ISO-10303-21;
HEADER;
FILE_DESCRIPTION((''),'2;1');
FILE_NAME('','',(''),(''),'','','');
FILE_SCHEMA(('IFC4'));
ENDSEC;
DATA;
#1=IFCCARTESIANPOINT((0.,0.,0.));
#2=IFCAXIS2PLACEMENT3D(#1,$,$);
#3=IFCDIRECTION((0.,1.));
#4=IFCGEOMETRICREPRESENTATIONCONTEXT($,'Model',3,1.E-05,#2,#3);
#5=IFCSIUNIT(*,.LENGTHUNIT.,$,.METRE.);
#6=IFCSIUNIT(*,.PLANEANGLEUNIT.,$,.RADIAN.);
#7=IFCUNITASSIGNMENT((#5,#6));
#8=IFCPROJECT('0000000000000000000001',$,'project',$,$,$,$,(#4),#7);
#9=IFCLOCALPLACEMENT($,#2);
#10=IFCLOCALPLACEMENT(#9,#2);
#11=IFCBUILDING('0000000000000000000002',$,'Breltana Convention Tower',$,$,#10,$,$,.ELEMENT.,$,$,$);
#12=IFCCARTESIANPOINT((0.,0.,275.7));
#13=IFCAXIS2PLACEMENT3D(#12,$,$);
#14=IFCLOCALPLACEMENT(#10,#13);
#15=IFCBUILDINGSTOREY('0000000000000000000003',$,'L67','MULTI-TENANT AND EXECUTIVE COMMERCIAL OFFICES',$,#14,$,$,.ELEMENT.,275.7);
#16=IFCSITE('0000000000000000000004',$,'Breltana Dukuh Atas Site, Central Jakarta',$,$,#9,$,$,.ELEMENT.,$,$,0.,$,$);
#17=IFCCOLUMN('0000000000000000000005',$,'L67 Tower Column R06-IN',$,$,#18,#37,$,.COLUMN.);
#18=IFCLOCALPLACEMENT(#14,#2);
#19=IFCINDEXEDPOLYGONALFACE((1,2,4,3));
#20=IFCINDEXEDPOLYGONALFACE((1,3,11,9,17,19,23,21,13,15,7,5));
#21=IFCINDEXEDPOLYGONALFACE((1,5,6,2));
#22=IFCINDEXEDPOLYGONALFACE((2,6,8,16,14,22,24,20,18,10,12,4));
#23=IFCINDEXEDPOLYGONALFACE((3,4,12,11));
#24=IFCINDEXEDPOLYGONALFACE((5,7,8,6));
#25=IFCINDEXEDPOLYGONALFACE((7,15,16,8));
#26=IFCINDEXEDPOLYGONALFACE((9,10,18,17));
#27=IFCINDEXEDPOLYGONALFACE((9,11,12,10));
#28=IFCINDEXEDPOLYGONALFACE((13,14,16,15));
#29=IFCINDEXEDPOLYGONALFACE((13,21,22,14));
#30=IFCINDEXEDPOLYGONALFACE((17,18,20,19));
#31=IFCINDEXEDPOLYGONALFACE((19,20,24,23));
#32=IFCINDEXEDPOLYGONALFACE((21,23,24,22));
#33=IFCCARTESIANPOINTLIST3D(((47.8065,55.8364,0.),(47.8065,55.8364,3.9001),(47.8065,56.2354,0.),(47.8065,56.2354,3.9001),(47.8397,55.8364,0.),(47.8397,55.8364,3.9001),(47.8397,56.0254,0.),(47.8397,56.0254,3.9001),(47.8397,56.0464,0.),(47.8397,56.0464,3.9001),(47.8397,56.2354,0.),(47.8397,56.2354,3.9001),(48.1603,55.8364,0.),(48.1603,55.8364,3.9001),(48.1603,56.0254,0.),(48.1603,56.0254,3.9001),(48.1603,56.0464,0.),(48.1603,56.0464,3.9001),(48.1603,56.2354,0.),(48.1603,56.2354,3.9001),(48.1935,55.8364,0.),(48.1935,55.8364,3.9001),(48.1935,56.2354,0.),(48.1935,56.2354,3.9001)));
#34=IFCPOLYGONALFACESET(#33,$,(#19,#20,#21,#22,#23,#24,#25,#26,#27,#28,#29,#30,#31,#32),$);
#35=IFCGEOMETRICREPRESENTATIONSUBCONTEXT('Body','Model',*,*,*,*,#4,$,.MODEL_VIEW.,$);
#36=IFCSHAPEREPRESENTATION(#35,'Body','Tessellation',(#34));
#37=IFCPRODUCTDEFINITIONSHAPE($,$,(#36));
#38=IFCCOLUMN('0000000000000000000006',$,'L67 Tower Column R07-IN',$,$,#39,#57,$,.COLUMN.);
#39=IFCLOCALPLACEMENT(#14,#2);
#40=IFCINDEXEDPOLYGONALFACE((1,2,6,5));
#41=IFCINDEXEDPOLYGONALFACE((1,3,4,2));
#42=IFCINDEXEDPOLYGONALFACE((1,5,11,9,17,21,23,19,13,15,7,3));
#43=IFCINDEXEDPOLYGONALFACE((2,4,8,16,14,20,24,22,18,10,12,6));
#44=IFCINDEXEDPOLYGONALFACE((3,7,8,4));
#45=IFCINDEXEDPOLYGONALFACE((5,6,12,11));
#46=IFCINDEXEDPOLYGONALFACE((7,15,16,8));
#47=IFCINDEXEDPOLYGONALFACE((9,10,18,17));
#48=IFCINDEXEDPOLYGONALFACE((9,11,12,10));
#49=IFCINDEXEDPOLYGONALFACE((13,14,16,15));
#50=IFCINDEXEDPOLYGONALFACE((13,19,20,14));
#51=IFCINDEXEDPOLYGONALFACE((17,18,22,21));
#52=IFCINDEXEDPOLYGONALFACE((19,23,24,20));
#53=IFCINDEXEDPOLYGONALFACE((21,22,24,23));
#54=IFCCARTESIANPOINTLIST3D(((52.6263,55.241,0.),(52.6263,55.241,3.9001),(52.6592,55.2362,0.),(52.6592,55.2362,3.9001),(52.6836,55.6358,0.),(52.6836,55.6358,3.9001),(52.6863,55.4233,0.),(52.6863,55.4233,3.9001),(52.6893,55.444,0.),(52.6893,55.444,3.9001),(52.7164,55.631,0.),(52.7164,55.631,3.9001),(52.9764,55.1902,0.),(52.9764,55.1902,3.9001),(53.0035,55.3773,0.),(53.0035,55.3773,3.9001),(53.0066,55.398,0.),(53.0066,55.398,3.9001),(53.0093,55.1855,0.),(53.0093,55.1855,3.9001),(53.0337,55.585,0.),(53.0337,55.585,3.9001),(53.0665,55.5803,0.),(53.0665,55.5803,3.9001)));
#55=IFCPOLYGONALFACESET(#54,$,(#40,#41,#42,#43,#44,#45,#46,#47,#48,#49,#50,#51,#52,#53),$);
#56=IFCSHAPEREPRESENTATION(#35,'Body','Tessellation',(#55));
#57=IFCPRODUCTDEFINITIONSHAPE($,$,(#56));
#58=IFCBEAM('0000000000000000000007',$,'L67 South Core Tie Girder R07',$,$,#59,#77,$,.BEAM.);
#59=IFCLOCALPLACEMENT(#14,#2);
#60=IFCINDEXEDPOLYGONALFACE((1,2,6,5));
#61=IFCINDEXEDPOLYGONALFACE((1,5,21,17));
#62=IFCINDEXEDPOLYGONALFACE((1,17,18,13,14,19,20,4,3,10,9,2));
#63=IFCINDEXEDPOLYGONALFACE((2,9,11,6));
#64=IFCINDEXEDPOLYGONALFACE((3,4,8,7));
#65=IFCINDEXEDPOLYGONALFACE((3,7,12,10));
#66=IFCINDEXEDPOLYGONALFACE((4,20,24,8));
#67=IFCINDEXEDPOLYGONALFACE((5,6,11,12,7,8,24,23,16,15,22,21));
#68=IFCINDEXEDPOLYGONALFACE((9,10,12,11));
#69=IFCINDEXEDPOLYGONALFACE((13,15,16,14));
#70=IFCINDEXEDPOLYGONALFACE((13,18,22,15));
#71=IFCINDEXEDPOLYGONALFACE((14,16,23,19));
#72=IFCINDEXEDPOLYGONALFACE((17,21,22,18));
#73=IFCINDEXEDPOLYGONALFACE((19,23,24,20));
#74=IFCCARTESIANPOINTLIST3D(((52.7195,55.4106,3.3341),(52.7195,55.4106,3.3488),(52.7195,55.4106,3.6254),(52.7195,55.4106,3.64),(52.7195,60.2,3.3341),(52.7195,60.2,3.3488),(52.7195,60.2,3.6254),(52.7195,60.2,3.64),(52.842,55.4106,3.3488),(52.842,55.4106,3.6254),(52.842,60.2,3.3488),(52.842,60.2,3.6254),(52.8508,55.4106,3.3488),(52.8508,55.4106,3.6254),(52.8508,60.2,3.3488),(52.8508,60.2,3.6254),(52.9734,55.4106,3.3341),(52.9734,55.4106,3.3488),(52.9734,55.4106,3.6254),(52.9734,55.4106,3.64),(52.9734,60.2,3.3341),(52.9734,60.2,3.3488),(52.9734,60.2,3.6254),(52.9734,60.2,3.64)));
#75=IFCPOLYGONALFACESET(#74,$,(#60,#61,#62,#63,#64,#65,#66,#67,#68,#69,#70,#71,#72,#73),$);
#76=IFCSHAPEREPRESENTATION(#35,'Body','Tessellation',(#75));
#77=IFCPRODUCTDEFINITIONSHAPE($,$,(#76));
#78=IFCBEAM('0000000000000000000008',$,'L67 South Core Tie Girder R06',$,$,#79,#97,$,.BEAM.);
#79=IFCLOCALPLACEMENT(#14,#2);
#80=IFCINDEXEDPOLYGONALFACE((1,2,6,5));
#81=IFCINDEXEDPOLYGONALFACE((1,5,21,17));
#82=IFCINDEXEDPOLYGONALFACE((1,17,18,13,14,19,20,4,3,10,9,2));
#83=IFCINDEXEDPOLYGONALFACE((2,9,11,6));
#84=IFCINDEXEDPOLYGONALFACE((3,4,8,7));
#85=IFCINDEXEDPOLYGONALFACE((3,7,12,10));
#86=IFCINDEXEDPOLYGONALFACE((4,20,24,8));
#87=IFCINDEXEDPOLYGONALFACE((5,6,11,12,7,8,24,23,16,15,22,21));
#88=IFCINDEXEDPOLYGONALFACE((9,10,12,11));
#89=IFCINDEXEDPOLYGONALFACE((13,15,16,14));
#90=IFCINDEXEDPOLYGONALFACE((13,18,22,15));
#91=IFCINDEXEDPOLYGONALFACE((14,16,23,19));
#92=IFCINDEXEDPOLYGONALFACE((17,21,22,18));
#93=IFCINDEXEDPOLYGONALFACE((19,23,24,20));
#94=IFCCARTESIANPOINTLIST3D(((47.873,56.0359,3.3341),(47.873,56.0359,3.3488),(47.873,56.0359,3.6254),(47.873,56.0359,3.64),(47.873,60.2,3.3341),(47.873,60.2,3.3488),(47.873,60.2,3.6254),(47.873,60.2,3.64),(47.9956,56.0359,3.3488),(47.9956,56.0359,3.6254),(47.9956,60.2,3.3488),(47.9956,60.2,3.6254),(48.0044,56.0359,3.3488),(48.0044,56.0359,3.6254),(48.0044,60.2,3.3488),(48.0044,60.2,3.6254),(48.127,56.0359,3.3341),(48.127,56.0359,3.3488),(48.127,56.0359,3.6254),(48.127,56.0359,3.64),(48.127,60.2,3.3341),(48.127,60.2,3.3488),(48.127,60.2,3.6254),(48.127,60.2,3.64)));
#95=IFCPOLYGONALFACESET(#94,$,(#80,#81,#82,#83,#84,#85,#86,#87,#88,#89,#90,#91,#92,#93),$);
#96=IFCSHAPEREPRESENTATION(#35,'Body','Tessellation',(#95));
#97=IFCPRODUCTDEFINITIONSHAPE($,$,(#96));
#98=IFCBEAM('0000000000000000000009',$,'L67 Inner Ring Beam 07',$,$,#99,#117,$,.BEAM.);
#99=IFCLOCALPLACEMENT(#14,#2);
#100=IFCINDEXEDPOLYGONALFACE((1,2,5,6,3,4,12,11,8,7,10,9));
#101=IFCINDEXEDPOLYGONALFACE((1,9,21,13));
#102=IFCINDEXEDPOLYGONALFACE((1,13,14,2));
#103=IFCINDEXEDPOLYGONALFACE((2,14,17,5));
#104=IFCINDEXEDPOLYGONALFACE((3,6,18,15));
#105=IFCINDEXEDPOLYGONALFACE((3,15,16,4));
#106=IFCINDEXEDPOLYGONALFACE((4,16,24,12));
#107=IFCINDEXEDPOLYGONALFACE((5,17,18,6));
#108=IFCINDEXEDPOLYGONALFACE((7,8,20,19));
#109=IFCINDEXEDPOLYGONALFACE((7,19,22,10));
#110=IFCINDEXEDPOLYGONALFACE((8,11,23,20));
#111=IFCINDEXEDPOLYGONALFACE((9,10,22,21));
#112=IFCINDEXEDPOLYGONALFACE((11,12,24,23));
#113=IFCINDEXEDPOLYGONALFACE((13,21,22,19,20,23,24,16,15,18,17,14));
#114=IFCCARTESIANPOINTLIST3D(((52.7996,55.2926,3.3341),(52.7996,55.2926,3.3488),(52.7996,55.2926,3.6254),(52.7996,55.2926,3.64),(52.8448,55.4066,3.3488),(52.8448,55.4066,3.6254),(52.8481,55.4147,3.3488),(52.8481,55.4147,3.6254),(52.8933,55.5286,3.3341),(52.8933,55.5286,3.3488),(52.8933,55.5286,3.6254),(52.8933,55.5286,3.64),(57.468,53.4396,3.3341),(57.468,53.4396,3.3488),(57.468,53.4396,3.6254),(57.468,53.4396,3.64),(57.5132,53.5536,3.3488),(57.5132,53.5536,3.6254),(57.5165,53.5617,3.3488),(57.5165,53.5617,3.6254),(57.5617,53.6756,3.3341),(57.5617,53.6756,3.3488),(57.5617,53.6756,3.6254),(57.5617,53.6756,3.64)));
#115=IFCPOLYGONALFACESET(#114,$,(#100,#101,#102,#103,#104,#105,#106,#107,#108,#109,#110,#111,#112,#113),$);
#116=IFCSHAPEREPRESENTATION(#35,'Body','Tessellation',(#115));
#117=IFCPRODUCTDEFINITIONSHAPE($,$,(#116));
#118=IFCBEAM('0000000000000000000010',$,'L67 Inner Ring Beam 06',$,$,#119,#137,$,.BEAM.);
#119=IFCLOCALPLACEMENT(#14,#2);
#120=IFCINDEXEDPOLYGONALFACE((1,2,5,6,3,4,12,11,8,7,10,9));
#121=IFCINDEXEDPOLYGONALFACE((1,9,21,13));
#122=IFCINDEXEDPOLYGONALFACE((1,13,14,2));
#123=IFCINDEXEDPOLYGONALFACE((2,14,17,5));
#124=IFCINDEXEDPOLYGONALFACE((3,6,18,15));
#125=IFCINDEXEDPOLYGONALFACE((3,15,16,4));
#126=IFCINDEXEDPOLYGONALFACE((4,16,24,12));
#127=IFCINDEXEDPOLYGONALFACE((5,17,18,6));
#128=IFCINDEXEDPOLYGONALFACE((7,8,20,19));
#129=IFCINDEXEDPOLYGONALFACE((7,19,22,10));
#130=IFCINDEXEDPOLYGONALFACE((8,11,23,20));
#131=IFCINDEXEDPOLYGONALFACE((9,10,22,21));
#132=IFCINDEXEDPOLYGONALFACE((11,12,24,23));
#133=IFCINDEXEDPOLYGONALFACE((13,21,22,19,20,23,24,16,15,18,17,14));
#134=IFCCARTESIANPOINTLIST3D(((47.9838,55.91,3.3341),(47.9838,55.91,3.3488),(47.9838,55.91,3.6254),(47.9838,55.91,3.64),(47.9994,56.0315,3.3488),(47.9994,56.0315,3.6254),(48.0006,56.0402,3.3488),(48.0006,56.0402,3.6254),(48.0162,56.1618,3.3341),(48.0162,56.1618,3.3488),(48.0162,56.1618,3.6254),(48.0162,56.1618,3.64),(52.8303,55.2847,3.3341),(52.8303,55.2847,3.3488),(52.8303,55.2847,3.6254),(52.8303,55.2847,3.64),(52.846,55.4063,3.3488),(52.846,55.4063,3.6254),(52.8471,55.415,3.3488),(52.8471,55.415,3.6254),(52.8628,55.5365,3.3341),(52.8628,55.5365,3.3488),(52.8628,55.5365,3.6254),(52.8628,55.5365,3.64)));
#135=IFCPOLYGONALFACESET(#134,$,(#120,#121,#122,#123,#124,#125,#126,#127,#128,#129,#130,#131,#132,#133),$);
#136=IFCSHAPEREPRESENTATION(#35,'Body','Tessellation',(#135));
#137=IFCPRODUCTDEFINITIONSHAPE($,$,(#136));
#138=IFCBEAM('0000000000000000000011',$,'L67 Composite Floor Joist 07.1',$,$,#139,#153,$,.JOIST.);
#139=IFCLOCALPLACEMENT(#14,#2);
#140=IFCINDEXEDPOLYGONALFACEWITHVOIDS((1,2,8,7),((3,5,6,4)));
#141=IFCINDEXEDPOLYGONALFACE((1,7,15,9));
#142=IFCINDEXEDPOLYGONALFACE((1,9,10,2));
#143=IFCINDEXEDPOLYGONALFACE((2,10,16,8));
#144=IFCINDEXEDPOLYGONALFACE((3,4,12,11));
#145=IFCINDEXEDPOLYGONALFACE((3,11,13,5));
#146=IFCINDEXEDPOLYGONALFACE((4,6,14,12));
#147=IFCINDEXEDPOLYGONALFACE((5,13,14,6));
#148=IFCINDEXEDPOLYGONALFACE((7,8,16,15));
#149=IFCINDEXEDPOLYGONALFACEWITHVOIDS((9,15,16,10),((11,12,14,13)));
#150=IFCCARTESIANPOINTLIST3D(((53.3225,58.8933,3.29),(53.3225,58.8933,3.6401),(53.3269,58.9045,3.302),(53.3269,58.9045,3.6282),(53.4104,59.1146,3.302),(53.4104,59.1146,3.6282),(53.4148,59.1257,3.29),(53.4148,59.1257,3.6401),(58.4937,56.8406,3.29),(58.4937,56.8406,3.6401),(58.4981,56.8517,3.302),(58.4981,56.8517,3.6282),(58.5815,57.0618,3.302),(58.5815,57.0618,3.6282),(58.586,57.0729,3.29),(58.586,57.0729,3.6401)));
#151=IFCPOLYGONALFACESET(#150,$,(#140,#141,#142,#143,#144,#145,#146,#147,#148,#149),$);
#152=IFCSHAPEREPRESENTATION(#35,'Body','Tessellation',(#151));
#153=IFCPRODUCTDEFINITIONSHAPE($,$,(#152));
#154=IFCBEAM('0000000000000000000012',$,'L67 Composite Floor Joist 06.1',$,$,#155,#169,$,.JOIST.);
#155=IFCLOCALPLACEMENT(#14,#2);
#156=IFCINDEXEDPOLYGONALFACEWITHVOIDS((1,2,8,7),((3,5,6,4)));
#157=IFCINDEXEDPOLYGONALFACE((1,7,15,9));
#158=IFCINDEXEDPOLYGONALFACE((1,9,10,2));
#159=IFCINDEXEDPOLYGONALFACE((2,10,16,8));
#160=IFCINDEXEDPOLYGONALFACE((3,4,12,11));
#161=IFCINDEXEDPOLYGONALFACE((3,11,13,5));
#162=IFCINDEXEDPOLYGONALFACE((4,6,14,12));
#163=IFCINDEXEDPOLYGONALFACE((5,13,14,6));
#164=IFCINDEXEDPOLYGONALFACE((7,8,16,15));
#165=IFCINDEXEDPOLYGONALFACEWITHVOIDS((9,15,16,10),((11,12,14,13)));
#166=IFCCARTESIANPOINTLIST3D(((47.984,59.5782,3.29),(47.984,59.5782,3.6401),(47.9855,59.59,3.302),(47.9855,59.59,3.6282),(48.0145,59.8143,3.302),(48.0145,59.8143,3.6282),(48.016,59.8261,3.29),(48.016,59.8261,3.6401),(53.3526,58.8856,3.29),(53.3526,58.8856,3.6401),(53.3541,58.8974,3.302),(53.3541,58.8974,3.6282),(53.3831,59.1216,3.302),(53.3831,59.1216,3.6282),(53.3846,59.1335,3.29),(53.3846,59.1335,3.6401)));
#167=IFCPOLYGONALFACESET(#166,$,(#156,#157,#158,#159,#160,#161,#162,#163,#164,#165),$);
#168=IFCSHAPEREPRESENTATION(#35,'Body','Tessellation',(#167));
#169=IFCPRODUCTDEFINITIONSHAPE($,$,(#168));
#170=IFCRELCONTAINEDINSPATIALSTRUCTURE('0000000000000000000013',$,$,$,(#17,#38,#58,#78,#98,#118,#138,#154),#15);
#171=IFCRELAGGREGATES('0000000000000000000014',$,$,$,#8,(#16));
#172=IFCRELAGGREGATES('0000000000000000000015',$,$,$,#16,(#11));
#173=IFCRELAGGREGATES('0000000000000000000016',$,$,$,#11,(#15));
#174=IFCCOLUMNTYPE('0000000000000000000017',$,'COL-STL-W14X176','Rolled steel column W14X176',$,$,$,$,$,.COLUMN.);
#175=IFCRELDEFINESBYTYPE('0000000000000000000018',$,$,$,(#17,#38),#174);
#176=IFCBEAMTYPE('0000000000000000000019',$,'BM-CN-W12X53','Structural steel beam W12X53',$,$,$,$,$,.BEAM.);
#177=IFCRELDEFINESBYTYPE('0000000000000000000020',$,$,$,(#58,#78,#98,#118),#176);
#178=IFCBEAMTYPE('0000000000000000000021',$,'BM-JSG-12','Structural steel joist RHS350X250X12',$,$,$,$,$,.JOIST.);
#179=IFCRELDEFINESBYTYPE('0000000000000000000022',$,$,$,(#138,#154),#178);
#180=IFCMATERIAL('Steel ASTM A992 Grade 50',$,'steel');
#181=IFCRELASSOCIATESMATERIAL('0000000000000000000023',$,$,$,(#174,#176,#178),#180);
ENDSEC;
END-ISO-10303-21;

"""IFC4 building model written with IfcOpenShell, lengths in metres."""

from ifc_helpers import new_model, si_unit, direction, frame, origin, origin_2d, place, context, subcontext, project, spatial, hollow_rectangle, i_section, extrude, source, transform, mapped, material, material_profile, profile_set, type_object, element, save


model = new_model("IFC4")

# Units and contexts
model_context = context("Model", 3, precision=1e-05, world=origin(), true_north=direction((0.0, 1.0)))
body_context = subcontext(model_context, "Body", "Model", "MODEL_VIEW")
ifc_project = project(units=[si_unit("LENGTHUNIT", "METRE"), si_unit("PLANEANGLEUNIT", "RADIAN")], contexts=[model_context])

# Site, building, storey
site_placement = place(None, origin())
site = spatial("IfcSite", under=ifc_project, at=site_placement, Name="Breltana Dukuh Atas Site, Central Jakarta", CompositionType="ELEMENT", RefElevation=0.0)
building_placement = place(site_placement, origin())
building = spatial("IfcBuilding", under=site, at=building_placement, Name="Breltana Convention Tower", CompositionType="ELEMENT")
storey_placement = place(building_placement, frame((0.0, 0.0, 275.7)))
storey = spatial("IfcBuildingStorey", under=building, at=storey_placement, Name="L67", Description="MULTI-TENANT AND EXECUTIVE COMMERCIAL OFFICES", CompositionType="ELEMENT", Elevation=275.7)

# Columns
ifc_material_1 = material(Name="Steel ASTM A992 Grade 50", Category="steel")
ifc_material_profile_1 = material_profile(ifc_material_1, i_section(OverallWidth=0.3989, OverallDepth=0.387, WebThickness=0.021, FlangeThickness=0.0332, at=origin_2d()), Name="W14X176")
ifc_profile_set_1 = profile_set([ifc_material_profile_1], Name="Steel ASTM A992 Grade 50")
column_type = type_object("IfcColumnType", Name="COL-STL-W14X176", Description="Rolled steel column W14X176", PredefinedType="COLUMN", material=ifc_profile_set_1)
shared_shape_1 = source(origin(), body_context, "Body", "SweptSolid", [
    extrude(i_section(OverallWidth=0.3989, OverallDepth=0.387, WebThickness=0.021, FlangeThickness=0.0332, at=origin_2d()), origin(), (0.0, 0.0, 1.0), 3.9001),
])
for number, where, z_axis, x_axis, name in (
    (1, (48.0, 56.0359, 0.0), (0.0, 0.0, 1.0), (0.0, 1.0, 0.0), "L67 Tower Column R06-IN"),
    (2, (52.8464, 55.4106, 0.0), (0.0, 0.0, 1.0), (0.143493, 0.989651, 0.0), "L67 Tower Column R07-IN"),
):
    element("IfcColumn", number, at=place(storey_placement, frame(where, z_axis=z_axis, x_axis=x_axis)), inside=storey, type_object=column_type, Name=name, PredefinedType="COLUMN", context=body_context, shape_type="MappedRepresentation", body=[
        mapped(shared_shape_1, transform((0.0, 0.0, 0.0), scale=1.0)),
    ])

# Beams
ifc_material_profile_2 = material_profile(ifc_material_1, i_section(OverallWidth=0.2539, OverallDepth=0.3059, WebThickness=0.0088, FlangeThickness=0.0146, at=origin_2d()), Name="W12X53")
ifc_profile_set_2 = profile_set([ifc_material_profile_2], Name="Steel ASTM A992 Grade 50")
beam_type_1 = type_object("IfcBeamType", Name="BM-CN-W12X53", Description="Structural steel beam W12X53", PredefinedType="BEAM", material=ifc_profile_set_2)
shared_shape_2 = source(origin(), body_context, "Body", "SweptSolid", [
    extrude(i_section(OverallWidth=0.2539, OverallDepth=0.3059, WebThickness=0.0088, FlangeThickness=0.0146, at=origin_2d()), origin(), (0.0, 0.0, 1.0), 4.7893),
])
beam_1_placement = place(storey_placement, frame((52.8464, 60.2, 3.4871), z_axis=(0.0, -1.0, 0.0), x_axis=(1.0, 0.0, 0.0)))
element("IfcBeam", 3, at=beam_1_placement, inside=storey, type_object=beam_type_1, Name="L67 South Core Tie Girder R07", PredefinedType="BEAM", context=body_context, shape_type="MappedRepresentation", body=[
    mapped(shared_shape_2, transform((0.0, 0.0, 0.0), scale=1.0)),
])
shared_shape_3 = source(origin(), body_context, "Body", "SweptSolid", [
    extrude(i_section(OverallWidth=0.2539, OverallDepth=0.3059, WebThickness=0.0088, FlangeThickness=0.0146, at=origin_2d()), origin(), (0.0, 0.0, 1.0), 4.1641),
])
beam_2_placement = place(storey_placement, frame((48.0, 60.2, 3.4871), z_axis=(0.0, -1.0, 0.0), x_axis=(1.0, 0.0, 0.0)))
element("IfcBeam", 4, at=beam_2_placement, inside=storey, type_object=beam_type_1, Name="L67 South Core Tie Girder R06", PredefinedType="BEAM", context=body_context, shape_type="MappedRepresentation", body=[
    mapped(shared_shape_3, transform((0.0, 0.0, 0.0), scale=1.0)),
])
shared_shape_4 = source(origin(), body_context, "Body", "SweptSolid", [
    extrude(i_section(OverallWidth=0.2539, OverallDepth=0.3059, WebThickness=0.0088, FlangeThickness=0.0146, at=origin_2d()), origin(), (0.0, 0.0, 1.0), 5.0227),
])
beam_3_placement = place(storey_placement, frame((52.8464, 55.4106, 3.4871), z_axis=(0.929459, -0.368926, 0.0), x_axis=(0.368926, 0.929459, 0.0)))
element("IfcBeam", 5, at=beam_3_placement, inside=storey, type_object=beam_type_1, Name="L67 Inner Ring Beam 07", PredefinedType="BEAM", context=body_context, shape_type="MappedRepresentation", body=[
    mapped(shared_shape_4, transform((0.0, 0.0, 0.0), scale=1.0)),
])
shared_shape_5 = source(origin(), body_context, "Body", "SweptSolid", [
    extrude(i_section(OverallWidth=0.2539, OverallDepth=0.3059, WebThickness=0.0088, FlangeThickness=0.0146, at=origin_2d()), origin(), (0.0, 0.0, 1.0), 4.8867),
])
beam_4_placement = place(storey_placement, frame((48.0, 56.0359, 3.4871), z_axis=(0.991781, -0.127951, 0.0), x_axis=(0.127951, 0.991781, 0.0)))
element("IfcBeam", 6, at=beam_4_placement, inside=storey, type_object=beam_type_1, Name="L67 Inner Ring Beam 06", PredefinedType="BEAM", context=body_context, shape_type="MappedRepresentation", body=[
    mapped(shared_shape_5, transform((0.0, 0.0, 0.0), scale=1.0)),
])
ifc_material_profile_3 = material_profile(ifc_material_1, hollow_rectangle(XDim=0.25, YDim=0.3501, WallThickness=0.012, at=origin_2d()), Name="RHS350X250X12")
ifc_profile_set_3 = profile_set([ifc_material_profile_3], Name="Steel ASTM A992 Grade 50")
beam_type_2 = type_object("IfcBeamType", Name="BM-JSG-12", Description="Structural steel joist RHS350X250X12", PredefinedType="JOIST", material=ifc_profile_set_3)
shared_shape_6 = source(origin(), body_context, "Body", "SweptSolid", [
    extrude(hollow_rectangle(XDim=0.25, YDim=0.3501, WallThickness=0.012, at=origin_2d()), origin(), (0.0, 0.0, 1.0), 5.5637),
])
beam_5_placement = place(storey_placement, frame((53.3687, 59.0095, 3.4651), z_axis=(0.929448, -0.368953, 0.0), x_axis=(0.368953, 0.929448, 0.0)))
element("IfcBeam", 7, at=beam_5_placement, inside=storey, type_object=beam_type_2, Name="L67 Composite Floor Joist 07.1", PredefinedType="JOIST", context=body_context, shape_type="MappedRepresentation", body=[
    mapped(shared_shape_6, transform((0.0, 0.0, 0.0), scale=1.0)),
])
shared_shape_7 = source(origin(), body_context, "Body", "SweptSolid", [
    extrude(hollow_rectangle(XDim=0.25, YDim=0.3501, WallThickness=0.012, at=origin_2d()), origin(), (0.0, 0.0, 1.0), 5.4131),
])
beam_6_placement = place(storey_placement, frame((48.0, 59.7021, 3.4651), z_axis=(0.99178, -0.127953, 0.0), x_axis=(0.127953, 0.99178, 0.0)))
element("IfcBeam", 8, at=beam_6_placement, inside=storey, type_object=beam_type_2, Name="L67 Composite Floor Joist 06.1", PredefinedType="JOIST", context=body_context, shape_type="MappedRepresentation", body=[
    mapped(shared_shape_7, transform((0.0, 0.0, 0.0), scale=1.0)),
])

save(model, "model.ifc")
